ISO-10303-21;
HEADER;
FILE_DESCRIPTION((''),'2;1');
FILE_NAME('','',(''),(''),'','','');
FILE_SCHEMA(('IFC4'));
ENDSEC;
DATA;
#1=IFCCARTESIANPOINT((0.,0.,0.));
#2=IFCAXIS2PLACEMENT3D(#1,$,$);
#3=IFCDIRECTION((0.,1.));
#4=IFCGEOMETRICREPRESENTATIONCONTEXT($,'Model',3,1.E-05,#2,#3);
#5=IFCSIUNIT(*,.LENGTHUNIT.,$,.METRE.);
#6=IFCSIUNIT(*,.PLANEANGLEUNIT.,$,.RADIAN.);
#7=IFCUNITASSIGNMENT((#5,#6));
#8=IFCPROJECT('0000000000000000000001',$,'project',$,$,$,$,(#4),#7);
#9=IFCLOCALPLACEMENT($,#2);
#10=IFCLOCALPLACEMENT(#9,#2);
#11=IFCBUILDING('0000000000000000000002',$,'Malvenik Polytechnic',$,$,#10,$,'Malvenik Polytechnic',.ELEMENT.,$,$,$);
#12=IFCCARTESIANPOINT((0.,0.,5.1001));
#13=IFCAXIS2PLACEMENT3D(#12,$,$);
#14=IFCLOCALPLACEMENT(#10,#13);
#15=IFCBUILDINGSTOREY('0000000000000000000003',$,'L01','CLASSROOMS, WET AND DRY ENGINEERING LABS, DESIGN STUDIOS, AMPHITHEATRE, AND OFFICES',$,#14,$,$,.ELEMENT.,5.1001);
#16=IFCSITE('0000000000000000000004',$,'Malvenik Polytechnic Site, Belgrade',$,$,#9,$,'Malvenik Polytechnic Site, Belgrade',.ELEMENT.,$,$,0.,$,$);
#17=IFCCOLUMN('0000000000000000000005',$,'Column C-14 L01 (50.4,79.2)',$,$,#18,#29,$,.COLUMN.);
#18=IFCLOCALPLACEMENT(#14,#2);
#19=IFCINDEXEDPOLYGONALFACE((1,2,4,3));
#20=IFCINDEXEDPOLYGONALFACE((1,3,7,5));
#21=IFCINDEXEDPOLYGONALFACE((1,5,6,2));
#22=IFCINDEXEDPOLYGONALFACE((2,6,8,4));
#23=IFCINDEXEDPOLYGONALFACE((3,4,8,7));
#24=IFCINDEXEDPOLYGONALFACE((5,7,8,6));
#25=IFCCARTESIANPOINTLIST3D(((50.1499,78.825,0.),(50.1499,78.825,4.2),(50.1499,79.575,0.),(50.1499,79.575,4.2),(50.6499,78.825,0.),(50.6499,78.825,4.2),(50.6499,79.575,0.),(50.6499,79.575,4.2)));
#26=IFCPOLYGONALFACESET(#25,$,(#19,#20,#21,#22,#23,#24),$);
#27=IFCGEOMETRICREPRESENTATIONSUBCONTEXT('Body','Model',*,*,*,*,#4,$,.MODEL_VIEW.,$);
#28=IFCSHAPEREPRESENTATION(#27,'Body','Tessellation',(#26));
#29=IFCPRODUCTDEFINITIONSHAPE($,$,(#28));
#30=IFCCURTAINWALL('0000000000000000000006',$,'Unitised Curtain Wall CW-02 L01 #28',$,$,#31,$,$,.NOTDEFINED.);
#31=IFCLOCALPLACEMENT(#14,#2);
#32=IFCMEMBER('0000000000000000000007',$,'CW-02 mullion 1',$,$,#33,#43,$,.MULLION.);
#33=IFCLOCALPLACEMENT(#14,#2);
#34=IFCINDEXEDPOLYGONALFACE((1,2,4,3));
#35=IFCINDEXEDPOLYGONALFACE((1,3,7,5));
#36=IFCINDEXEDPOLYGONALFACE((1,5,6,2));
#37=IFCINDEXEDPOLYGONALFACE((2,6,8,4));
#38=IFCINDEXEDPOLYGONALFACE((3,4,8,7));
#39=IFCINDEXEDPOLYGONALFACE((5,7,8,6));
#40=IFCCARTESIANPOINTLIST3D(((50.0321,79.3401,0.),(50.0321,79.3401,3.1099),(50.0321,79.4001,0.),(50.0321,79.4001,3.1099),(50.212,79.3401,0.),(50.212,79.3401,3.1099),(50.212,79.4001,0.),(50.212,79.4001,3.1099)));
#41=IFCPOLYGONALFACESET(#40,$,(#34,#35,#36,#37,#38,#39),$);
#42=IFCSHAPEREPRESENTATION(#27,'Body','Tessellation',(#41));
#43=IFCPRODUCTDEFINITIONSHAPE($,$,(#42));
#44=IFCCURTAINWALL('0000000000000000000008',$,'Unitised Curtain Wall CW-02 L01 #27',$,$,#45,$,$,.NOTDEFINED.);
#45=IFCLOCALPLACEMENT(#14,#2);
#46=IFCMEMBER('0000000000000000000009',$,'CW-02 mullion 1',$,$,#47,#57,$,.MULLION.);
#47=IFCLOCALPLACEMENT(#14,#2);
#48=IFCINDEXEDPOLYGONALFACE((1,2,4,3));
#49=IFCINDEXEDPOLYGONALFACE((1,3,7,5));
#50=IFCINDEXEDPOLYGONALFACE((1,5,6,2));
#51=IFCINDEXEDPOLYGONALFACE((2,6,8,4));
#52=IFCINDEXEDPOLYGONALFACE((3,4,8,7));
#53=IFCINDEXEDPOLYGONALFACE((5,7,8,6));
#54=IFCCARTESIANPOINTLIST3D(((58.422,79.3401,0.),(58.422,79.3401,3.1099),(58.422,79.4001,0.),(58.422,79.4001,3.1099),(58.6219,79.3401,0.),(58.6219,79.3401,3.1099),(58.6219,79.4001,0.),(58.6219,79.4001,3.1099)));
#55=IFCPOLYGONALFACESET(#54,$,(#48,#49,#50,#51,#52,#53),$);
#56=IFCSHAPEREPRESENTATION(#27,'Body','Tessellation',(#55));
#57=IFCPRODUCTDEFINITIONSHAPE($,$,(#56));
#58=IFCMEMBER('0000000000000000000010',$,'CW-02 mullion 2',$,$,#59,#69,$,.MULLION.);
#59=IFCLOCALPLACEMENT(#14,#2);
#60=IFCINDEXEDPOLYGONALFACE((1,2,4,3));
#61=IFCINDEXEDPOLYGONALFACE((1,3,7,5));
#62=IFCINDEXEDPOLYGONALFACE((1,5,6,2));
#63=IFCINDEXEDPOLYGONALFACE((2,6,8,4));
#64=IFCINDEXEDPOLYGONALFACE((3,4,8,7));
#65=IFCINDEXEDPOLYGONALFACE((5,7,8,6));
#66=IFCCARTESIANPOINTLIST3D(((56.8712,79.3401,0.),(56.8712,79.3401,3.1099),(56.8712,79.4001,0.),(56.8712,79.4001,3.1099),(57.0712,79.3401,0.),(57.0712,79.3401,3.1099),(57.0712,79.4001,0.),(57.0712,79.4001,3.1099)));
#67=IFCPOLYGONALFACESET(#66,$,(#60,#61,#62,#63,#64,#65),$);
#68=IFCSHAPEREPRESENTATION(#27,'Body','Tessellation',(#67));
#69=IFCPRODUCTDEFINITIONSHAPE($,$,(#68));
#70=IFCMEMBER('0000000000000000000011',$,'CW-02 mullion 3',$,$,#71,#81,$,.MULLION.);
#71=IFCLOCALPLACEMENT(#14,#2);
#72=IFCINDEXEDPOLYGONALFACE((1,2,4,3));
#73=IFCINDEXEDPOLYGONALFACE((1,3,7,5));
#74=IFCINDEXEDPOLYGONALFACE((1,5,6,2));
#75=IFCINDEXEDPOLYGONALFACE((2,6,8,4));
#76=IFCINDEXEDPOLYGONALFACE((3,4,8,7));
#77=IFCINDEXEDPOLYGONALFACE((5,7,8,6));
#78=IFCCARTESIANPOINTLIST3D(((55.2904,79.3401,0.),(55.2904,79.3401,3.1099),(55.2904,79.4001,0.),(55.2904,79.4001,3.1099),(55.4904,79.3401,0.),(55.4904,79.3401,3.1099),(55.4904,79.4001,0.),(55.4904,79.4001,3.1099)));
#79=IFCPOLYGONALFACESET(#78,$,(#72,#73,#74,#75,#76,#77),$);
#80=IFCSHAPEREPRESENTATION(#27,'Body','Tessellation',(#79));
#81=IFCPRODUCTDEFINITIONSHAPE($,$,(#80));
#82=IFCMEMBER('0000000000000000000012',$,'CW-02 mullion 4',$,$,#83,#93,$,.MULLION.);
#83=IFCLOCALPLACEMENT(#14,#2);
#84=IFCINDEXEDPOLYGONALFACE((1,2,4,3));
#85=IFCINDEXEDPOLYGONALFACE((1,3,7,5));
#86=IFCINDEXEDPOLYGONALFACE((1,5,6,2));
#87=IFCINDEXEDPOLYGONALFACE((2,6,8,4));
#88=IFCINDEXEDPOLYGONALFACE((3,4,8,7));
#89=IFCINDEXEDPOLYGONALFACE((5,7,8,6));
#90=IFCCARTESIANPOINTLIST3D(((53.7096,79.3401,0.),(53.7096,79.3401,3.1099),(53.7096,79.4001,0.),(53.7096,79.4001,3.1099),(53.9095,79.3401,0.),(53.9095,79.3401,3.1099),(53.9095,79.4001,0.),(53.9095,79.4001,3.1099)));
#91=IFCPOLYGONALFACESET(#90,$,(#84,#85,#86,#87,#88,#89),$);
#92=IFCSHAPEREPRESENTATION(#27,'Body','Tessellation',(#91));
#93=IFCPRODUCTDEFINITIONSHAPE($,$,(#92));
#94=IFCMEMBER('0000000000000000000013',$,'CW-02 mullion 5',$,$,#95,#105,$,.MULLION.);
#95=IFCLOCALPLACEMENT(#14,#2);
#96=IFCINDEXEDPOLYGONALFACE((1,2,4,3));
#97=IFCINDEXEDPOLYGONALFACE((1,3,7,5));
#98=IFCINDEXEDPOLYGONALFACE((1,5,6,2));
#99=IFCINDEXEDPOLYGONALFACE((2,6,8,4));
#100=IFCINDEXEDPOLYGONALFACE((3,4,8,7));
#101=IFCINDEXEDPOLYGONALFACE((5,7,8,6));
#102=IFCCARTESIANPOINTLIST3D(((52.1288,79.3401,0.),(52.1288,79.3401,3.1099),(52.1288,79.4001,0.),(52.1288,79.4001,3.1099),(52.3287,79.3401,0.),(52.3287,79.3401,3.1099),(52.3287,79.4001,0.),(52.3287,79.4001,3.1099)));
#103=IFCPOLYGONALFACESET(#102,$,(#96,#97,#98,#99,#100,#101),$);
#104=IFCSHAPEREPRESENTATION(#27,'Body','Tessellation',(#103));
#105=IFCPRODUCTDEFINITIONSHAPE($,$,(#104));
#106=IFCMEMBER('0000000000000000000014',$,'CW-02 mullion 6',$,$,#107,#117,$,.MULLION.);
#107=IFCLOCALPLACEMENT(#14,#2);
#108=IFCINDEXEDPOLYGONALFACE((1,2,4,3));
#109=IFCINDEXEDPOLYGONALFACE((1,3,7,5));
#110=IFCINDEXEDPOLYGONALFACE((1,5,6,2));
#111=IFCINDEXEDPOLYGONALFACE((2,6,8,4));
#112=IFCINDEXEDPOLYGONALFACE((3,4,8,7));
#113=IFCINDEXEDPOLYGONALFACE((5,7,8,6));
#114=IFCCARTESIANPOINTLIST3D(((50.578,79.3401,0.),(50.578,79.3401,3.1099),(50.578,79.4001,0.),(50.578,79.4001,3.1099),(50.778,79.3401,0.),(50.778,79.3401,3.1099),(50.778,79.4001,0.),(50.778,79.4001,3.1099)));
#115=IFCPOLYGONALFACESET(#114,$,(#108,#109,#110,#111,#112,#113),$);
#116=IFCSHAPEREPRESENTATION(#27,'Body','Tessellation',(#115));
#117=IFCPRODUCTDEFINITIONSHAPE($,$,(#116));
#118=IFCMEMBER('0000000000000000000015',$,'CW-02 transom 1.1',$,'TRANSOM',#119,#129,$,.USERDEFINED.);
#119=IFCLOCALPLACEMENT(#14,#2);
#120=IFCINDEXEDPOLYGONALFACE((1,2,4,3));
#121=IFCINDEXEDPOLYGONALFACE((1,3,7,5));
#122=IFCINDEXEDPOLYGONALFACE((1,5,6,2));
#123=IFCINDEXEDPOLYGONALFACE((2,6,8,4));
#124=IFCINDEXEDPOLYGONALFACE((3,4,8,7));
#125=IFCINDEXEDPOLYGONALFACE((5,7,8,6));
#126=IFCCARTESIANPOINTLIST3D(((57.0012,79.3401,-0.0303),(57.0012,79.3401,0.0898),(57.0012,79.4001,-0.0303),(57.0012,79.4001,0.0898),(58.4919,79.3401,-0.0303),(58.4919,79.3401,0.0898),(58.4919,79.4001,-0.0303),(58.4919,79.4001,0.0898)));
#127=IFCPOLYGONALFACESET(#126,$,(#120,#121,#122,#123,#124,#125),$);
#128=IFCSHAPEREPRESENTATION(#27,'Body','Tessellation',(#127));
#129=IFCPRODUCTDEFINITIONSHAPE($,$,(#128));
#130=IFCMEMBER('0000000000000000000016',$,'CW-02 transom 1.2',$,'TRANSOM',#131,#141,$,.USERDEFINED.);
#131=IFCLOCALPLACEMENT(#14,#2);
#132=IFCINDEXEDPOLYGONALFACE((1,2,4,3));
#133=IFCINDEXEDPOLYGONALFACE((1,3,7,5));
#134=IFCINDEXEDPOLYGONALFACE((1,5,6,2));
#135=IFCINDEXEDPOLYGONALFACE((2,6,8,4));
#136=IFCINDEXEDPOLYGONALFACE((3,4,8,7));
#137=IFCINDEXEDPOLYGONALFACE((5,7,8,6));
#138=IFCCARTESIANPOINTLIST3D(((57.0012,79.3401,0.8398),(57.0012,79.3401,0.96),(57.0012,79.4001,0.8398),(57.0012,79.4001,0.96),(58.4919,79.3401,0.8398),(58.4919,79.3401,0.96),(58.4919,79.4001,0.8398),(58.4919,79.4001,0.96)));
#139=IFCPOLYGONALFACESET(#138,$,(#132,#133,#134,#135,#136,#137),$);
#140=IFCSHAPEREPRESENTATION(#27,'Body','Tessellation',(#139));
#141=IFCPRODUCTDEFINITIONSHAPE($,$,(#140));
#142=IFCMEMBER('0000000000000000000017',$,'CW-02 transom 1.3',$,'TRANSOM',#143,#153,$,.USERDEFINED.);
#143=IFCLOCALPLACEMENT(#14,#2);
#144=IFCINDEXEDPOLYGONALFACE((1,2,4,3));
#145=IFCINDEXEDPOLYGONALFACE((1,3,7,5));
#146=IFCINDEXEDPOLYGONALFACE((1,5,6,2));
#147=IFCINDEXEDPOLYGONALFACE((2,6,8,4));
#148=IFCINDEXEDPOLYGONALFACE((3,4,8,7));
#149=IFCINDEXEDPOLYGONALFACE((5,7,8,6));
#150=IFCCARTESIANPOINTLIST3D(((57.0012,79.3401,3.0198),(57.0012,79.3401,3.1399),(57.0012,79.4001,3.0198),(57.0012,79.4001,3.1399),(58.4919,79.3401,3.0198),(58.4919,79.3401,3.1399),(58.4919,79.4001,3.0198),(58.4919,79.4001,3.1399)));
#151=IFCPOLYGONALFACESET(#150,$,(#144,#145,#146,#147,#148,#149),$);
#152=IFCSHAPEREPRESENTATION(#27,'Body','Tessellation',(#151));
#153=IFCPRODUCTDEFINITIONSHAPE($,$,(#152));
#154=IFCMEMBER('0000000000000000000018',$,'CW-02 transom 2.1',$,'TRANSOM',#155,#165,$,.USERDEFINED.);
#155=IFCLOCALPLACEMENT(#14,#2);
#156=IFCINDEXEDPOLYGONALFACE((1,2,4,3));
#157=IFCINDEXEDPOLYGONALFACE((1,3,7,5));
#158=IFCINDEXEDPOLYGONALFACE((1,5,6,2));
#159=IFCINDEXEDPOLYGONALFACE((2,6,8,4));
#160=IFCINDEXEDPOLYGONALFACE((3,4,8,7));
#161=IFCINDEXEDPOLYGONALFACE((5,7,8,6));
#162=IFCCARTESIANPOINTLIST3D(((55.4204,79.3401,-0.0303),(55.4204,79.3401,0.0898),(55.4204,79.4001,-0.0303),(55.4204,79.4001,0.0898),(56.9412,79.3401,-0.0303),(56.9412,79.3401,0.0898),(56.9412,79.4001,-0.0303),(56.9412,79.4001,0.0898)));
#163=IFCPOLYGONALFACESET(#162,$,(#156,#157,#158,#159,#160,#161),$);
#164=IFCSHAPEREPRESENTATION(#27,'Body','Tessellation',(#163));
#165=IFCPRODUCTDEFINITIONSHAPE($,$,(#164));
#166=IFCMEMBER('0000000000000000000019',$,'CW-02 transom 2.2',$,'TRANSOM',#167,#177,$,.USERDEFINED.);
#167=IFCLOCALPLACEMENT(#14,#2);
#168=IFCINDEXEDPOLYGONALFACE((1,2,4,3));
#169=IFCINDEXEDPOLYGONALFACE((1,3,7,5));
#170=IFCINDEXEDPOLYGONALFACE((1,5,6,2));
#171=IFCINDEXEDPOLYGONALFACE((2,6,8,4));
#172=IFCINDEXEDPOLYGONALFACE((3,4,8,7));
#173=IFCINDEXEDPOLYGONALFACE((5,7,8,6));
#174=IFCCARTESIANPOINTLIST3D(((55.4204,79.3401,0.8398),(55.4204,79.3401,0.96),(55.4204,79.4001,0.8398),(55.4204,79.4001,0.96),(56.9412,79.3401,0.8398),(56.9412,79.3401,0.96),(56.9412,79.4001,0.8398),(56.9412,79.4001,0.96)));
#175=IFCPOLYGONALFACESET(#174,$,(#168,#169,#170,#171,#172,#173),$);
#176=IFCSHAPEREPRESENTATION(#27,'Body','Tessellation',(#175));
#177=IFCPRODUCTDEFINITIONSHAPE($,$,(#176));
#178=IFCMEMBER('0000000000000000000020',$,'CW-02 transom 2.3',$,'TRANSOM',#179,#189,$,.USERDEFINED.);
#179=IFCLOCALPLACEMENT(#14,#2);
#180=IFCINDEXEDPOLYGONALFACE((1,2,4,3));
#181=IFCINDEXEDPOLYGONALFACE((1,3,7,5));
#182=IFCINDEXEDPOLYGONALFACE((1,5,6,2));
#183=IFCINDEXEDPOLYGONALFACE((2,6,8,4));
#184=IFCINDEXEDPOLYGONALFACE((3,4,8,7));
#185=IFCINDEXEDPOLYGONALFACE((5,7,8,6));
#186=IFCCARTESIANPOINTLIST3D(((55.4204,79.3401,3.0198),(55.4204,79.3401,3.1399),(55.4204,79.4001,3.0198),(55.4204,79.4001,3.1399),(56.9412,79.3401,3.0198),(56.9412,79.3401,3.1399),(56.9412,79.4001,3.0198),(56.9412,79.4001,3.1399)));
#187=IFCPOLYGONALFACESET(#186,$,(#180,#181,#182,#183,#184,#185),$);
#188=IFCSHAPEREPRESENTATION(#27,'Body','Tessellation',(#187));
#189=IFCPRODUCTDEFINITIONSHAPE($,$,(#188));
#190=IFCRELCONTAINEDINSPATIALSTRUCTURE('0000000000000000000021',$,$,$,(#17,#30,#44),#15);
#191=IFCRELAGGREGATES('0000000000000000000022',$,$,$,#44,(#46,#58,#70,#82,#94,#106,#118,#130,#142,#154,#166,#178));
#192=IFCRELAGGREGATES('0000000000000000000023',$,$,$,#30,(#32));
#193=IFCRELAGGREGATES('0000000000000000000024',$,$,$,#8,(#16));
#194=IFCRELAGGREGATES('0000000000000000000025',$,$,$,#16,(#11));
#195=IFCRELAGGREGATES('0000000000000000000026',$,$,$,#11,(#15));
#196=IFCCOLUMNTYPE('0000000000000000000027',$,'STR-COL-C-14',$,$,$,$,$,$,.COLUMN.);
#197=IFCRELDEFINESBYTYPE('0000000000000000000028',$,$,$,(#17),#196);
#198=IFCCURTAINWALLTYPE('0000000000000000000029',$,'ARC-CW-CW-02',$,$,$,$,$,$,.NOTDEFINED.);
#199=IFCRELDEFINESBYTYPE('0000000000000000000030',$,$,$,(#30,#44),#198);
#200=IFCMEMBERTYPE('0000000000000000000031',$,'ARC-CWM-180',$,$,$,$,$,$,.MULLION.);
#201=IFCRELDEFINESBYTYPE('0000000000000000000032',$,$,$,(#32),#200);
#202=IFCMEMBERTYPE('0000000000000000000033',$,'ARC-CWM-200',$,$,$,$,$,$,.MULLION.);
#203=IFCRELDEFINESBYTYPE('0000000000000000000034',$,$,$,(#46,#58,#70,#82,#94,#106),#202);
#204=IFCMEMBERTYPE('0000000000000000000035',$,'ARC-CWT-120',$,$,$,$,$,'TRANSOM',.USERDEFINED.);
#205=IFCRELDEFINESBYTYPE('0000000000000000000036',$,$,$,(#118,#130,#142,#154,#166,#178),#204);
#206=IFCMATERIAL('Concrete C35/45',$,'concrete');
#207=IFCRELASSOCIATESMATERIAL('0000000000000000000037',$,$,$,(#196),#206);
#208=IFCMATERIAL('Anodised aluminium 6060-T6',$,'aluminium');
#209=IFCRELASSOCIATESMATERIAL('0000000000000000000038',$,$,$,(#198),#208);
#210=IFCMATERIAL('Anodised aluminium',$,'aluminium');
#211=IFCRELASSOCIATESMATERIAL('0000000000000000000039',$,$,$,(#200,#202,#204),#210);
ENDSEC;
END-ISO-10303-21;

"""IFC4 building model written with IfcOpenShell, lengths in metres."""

from ifc_helpers import new_model, si_unit, direction, frame, origin, origin_2d, place, context, subcontext, project, spatial, rectangle, extrude, material, material_profile, profile_set, type_object, element, aggregate, save


model = new_model("IFC4")

# Units and contexts
model_context = context("Model", 3, precision=1e-05, world=origin(), true_north=direction((0.0, 1.0)))
body_context = subcontext(model_context, "Body", "Model", "MODEL_VIEW")
ifc_project = project(units=[si_unit("LENGTHUNIT", "METRE"), si_unit("PLANEANGLEUNIT", "RADIAN")], contexts=[model_context])

# Site, building, storey
site_placement = place(None, origin())
site = spatial("IfcSite", under=ifc_project, at=site_placement, Name="Malvenik Polytechnic Site, Belgrade", LongName="Malvenik Polytechnic Site, Belgrade", CompositionType="ELEMENT", RefElevation=0.0)
building_placement = place(site_placement, origin())
building = spatial("IfcBuilding", under=site, at=building_placement, Name="Malvenik Polytechnic", LongName="Malvenik Polytechnic", CompositionType="ELEMENT")
storey_placement = place(building_placement, frame((0.0, 0.0, 5.1001)))
storey = spatial("IfcBuildingStorey", under=building, at=storey_placement, Name="L01", Description="CLASSROOMS, WET AND DRY ENGINEERING LABS, DESIGN STUDIOS, AMPHITHEATRE, AND OFFICES", CompositionType="ELEMENT", Elevation=5.1001)

# Column
ifc_material_1 = material(Name="Concrete C35/45", Category="concrete")
ifc_material_profile_1 = material_profile(ifc_material_1, rectangle(XDim=0.5, YDim=0.75, at=origin_2d()), Name="RC COL 750x500")
ifc_profile_set_1 = profile_set([ifc_material_profile_1], Name="Concrete C35/45")
column_type = type_object("IfcColumnType", Name="STR-COL-C-14", PredefinedType="COLUMN", material=ifc_profile_set_1)
column_placement = place(storey_placement, frame((50.3999, 79.2, 0.0), z_axis=(0.0, 0.0, 1.0), x_axis=(1.0, 0.0, 0.0)))
element("IfcColumn", 1, at=column_placement, inside=storey, type_object=column_type, Name="Column C-14 L01 (50.4,79.2)", PredefinedType="COLUMN", context=body_context, shape_type="SweptSolid", body=[
    extrude(rectangle(XDim=0.5, YDim=0.75, at=origin_2d()), origin(), (0.0, 0.0, 1.0), 4.2),
])

# Curtain wall, member
ifc_material_2 = material(Name="Anodised aluminium 6060-T6", Category="aluminium")
curtain_wall_type = type_object("IfcCurtainWallType", Name="ARC-CW-CW-02", PredefinedType="NOTDEFINED", material=ifc_material_2)
curtain_wall_1_placement = place(storey_placement, origin())
curtain_wall_1 = element("IfcCurtainWall", 2, at=curtain_wall_1_placement, inside=storey, type_object=curtain_wall_type, Name="Unitised Curtain Wall CW-02 L01 #28", PredefinedType="NOTDEFINED")
ifc_material_3 = material(Name="Anodised aluminium", Category="aluminium")
ifc_material_profile_2 = material_profile(ifc_material_3, rectangle(XDim=0.0601, YDim=0.1799, at=origin_2d()), Name="ALU MULLION 60x180")
ifc_profile_set_2 = profile_set([ifc_material_profile_2], Name="Anodised aluminium")
member_type_1 = type_object("IfcMemberType", Name="ARC-CWM-180", PredefinedType="MULLION", material=ifc_profile_set_2)
member_1_placement = place(storey_placement, frame((50.1221, 79.3701, 0.0), z_axis=(0.0, 0.0, 1.0), x_axis=(0.0, -1.0, 0.0)))
member_1 = element("IfcMember", 3, at=member_1_placement, type_object=member_type_1, Name="CW-02 mullion 1", PredefinedType="MULLION", context=body_context, shape_type="SweptSolid", body=[
    extrude(rectangle(XDim=0.0601, YDim=0.1799, at=origin_2d()), origin(), (0.0, 0.0, 1.0), 3.1099),
])

# Curtain wall, members
curtain_wall_2_placement = place(storey_placement, origin())
curtain_wall_2 = element("IfcCurtainWall", 4, at=curtain_wall_2_placement, inside=storey, type_object=curtain_wall_type, Name="Unitised Curtain Wall CW-02 L01 #27", PredefinedType="NOTDEFINED")
ifc_material_profile_3 = material_profile(ifc_material_3, rectangle(XDim=0.0601, YDim=0.2, at=origin_2d()), Name="ALU MULLION 60x200")
ifc_profile_set_3 = profile_set([ifc_material_profile_3], Name="Anodised aluminium")
member_type_2 = type_object("IfcMemberType", Name="ARC-CWM-200", PredefinedType="MULLION", material=ifc_profile_set_3)
member_2_placement = place(storey_placement, frame((58.522, 79.3701, 0.0), z_axis=(0.0, 0.0, 1.0), x_axis=(0.0, -1.0, 0.0)))
member_2 = element("IfcMember", 5, at=member_2_placement, type_object=member_type_2, Name="CW-02 mullion 1", PredefinedType="MULLION", context=body_context, shape_type="SweptSolid", body=[
    extrude(rectangle(XDim=0.0601, YDim=0.2, at=origin_2d()), origin(), (0.0, 0.0, 1.0), 3.1099),
])
member_3_placement = place(storey_placement, frame((56.9712, 79.3701, 0.0), z_axis=(0.0, 0.0, 1.0), x_axis=(0.0, -1.0, 0.0)))
member_3 = element("IfcMember", 6, at=member_3_placement, type_object=member_type_2, Name="CW-02 mullion 2", PredefinedType="MULLION", context=body_context, shape_type="SweptSolid", body=[
    extrude(rectangle(XDim=0.0601, YDim=0.2, at=origin_2d()), origin(), (0.0, 0.0, 1.0), 3.1099),
])
member_4_placement = place(storey_placement, frame((55.3904, 79.3701, 0.0), z_axis=(0.0, 0.0, 1.0), x_axis=(0.0, -1.0, 0.0)))
member_4 = element("IfcMember", 7, at=member_4_placement, type_object=member_type_2, Name="CW-02 mullion 3", PredefinedType="MULLION", context=body_context, shape_type="SweptSolid", body=[
    extrude(rectangle(XDim=0.0601, YDim=0.2, at=origin_2d()), origin(), (0.0, 0.0, 1.0), 3.1099),
])
member_5_placement = place(storey_placement, frame((53.8096, 79.3701, 0.0), z_axis=(0.0, 0.0, 1.0), x_axis=(0.0, -1.0, 0.0)))
member_5 = element("IfcMember", 8, at=member_5_placement, type_object=member_type_2, Name="CW-02 mullion 4", PredefinedType="MULLION", context=body_context, shape_type="SweptSolid", body=[
    extrude(rectangle(XDim=0.0601, YDim=0.2, at=origin_2d()), origin(), (0.0, 0.0, 1.0), 3.1099),
])
member_6_placement = place(storey_placement, frame((52.2288, 79.3701, 0.0), z_axis=(0.0, 0.0, 1.0), x_axis=(0.0, -1.0, 0.0)))
member_6 = element("IfcMember", 9, at=member_6_placement, type_object=member_type_2, Name="CW-02 mullion 5", PredefinedType="MULLION", context=body_context, shape_type="SweptSolid", body=[
    extrude(rectangle(XDim=0.0601, YDim=0.2, at=origin_2d()), origin(), (0.0, 0.0, 1.0), 3.1099),
])
member_7_placement = place(storey_placement, frame((50.678, 79.3701, 0.0), z_axis=(0.0, 0.0, 1.0), x_axis=(0.0, -1.0, 0.0)))
member_7 = element("IfcMember", 10, at=member_7_placement, type_object=member_type_2, Name="CW-02 mullion 6", PredefinedType="MULLION", context=body_context, shape_type="SweptSolid", body=[
    extrude(rectangle(XDim=0.0601, YDim=0.2, at=origin_2d()), origin(), (0.0, 0.0, 1.0), 3.1099),
])
ifc_material_profile_4 = material_profile(ifc_material_3, rectangle(XDim=0.0601, YDim=0.1201, at=origin_2d()), Name="ALU TRANSOM 60x120")
ifc_profile_set_4 = profile_set([ifc_material_profile_4], Name="Anodised aluminium")
member_type_3 = type_object("IfcMemberType", Name="ARC-CWT-120", ElementType="TRANSOM", PredefinedType="USERDEFINED", material=ifc_profile_set_4)
member_8_placement = place(storey_placement, frame((58.4919, 79.3701, 0.0298), z_axis=(-1.0, 0.0, 0.0), x_axis=(0.0, -1.0, 0.0)))
member_8 = element("IfcMember", 11, at=member_8_placement, type_object=member_type_3, Name="CW-02 transom 1.1", ObjectType="TRANSOM", PredefinedType="USERDEFINED", context=body_context, shape_type="SweptSolid", body=[
    extrude(rectangle(XDim=0.0601, YDim=0.1201, at=origin_2d()), origin(), (0.0, 0.0, 1.0), 1.4907),
])
member_9_placement = place(storey_placement, frame((58.4919, 79.3701, 0.8999), z_axis=(-1.0, 0.0, 0.0), x_axis=(0.0, -1.0, 0.0)))
member_9 = element("IfcMember", 12, at=member_9_placement, type_object=member_type_3, Name="CW-02 transom 1.2", ObjectType="TRANSOM", PredefinedType="USERDEFINED", context=body_context, shape_type="SweptSolid", body=[
    extrude(rectangle(XDim=0.0601, YDim=0.1201, at=origin_2d()), origin(), (0.0, 0.0, 1.0), 1.4907),
])
member_10_placement = place(storey_placement, frame((58.4919, 79.3701, 3.0798), z_axis=(-1.0, 0.0, 0.0), x_axis=(0.0, -1.0, 0.0)))
member_10 = element("IfcMember", 13, at=member_10_placement, type_object=member_type_3, Name="CW-02 transom 1.3", ObjectType="TRANSOM", PredefinedType="USERDEFINED", context=body_context, shape_type="SweptSolid", body=[
    extrude(rectangle(XDim=0.0601, YDim=0.1201, at=origin_2d()), origin(), (0.0, 0.0, 1.0), 1.4907),
])
member_11_placement = place(storey_placement, frame((56.9412, 79.3701, 0.0298), z_axis=(-1.0, 0.0, 0.0), x_axis=(0.0, -1.0, 0.0)))
member_11 = element("IfcMember", 14, at=member_11_placement, type_object=member_type_3, Name="CW-02 transom 2.1", ObjectType="TRANSOM", PredefinedType="USERDEFINED", context=body_context, shape_type="SweptSolid", body=[
    extrude(rectangle(XDim=0.0601, YDim=0.1201, at=origin_2d()), origin(), (0.0, 0.0, 1.0), 1.5208),
])
member_12_placement = place(storey_placement, frame((56.9412, 79.3701, 0.8999), z_axis=(-1.0, 0.0, 0.0), x_axis=(0.0, -1.0, 0.0)))
member_12 = element("IfcMember", 15, at=member_12_placement, type_object=member_type_3, Name="CW-02 transom 2.2", ObjectType="TRANSOM", PredefinedType="USERDEFINED", context=body_context, shape_type="SweptSolid", body=[
    extrude(rectangle(XDim=0.0601, YDim=0.1201, at=origin_2d()), origin(), (0.0, 0.0, 1.0), 1.5208),
])
member_13_placement = place(storey_placement, frame((56.9412, 79.3701, 3.0798), z_axis=(-1.0, 0.0, 0.0), x_axis=(0.0, -1.0, 0.0)))
member_13 = element("IfcMember", 16, at=member_13_placement, type_object=member_type_3, Name="CW-02 transom 2.3", ObjectType="TRANSOM", PredefinedType="USERDEFINED", context=body_context, shape_type="SweptSolid", body=[
    extrude(rectangle(XDim=0.0601, YDim=0.1201, at=origin_2d()), origin(), (0.0, 0.0, 1.0), 1.5208),
])

aggregate(curtain_wall_2, [member_2, member_3, member_4, member_5, member_6, member_7, member_8, member_9, member_10, member_11, member_12, member_13])
aggregate(curtain_wall_1, [member_1])

save(model, "model.ifc")
